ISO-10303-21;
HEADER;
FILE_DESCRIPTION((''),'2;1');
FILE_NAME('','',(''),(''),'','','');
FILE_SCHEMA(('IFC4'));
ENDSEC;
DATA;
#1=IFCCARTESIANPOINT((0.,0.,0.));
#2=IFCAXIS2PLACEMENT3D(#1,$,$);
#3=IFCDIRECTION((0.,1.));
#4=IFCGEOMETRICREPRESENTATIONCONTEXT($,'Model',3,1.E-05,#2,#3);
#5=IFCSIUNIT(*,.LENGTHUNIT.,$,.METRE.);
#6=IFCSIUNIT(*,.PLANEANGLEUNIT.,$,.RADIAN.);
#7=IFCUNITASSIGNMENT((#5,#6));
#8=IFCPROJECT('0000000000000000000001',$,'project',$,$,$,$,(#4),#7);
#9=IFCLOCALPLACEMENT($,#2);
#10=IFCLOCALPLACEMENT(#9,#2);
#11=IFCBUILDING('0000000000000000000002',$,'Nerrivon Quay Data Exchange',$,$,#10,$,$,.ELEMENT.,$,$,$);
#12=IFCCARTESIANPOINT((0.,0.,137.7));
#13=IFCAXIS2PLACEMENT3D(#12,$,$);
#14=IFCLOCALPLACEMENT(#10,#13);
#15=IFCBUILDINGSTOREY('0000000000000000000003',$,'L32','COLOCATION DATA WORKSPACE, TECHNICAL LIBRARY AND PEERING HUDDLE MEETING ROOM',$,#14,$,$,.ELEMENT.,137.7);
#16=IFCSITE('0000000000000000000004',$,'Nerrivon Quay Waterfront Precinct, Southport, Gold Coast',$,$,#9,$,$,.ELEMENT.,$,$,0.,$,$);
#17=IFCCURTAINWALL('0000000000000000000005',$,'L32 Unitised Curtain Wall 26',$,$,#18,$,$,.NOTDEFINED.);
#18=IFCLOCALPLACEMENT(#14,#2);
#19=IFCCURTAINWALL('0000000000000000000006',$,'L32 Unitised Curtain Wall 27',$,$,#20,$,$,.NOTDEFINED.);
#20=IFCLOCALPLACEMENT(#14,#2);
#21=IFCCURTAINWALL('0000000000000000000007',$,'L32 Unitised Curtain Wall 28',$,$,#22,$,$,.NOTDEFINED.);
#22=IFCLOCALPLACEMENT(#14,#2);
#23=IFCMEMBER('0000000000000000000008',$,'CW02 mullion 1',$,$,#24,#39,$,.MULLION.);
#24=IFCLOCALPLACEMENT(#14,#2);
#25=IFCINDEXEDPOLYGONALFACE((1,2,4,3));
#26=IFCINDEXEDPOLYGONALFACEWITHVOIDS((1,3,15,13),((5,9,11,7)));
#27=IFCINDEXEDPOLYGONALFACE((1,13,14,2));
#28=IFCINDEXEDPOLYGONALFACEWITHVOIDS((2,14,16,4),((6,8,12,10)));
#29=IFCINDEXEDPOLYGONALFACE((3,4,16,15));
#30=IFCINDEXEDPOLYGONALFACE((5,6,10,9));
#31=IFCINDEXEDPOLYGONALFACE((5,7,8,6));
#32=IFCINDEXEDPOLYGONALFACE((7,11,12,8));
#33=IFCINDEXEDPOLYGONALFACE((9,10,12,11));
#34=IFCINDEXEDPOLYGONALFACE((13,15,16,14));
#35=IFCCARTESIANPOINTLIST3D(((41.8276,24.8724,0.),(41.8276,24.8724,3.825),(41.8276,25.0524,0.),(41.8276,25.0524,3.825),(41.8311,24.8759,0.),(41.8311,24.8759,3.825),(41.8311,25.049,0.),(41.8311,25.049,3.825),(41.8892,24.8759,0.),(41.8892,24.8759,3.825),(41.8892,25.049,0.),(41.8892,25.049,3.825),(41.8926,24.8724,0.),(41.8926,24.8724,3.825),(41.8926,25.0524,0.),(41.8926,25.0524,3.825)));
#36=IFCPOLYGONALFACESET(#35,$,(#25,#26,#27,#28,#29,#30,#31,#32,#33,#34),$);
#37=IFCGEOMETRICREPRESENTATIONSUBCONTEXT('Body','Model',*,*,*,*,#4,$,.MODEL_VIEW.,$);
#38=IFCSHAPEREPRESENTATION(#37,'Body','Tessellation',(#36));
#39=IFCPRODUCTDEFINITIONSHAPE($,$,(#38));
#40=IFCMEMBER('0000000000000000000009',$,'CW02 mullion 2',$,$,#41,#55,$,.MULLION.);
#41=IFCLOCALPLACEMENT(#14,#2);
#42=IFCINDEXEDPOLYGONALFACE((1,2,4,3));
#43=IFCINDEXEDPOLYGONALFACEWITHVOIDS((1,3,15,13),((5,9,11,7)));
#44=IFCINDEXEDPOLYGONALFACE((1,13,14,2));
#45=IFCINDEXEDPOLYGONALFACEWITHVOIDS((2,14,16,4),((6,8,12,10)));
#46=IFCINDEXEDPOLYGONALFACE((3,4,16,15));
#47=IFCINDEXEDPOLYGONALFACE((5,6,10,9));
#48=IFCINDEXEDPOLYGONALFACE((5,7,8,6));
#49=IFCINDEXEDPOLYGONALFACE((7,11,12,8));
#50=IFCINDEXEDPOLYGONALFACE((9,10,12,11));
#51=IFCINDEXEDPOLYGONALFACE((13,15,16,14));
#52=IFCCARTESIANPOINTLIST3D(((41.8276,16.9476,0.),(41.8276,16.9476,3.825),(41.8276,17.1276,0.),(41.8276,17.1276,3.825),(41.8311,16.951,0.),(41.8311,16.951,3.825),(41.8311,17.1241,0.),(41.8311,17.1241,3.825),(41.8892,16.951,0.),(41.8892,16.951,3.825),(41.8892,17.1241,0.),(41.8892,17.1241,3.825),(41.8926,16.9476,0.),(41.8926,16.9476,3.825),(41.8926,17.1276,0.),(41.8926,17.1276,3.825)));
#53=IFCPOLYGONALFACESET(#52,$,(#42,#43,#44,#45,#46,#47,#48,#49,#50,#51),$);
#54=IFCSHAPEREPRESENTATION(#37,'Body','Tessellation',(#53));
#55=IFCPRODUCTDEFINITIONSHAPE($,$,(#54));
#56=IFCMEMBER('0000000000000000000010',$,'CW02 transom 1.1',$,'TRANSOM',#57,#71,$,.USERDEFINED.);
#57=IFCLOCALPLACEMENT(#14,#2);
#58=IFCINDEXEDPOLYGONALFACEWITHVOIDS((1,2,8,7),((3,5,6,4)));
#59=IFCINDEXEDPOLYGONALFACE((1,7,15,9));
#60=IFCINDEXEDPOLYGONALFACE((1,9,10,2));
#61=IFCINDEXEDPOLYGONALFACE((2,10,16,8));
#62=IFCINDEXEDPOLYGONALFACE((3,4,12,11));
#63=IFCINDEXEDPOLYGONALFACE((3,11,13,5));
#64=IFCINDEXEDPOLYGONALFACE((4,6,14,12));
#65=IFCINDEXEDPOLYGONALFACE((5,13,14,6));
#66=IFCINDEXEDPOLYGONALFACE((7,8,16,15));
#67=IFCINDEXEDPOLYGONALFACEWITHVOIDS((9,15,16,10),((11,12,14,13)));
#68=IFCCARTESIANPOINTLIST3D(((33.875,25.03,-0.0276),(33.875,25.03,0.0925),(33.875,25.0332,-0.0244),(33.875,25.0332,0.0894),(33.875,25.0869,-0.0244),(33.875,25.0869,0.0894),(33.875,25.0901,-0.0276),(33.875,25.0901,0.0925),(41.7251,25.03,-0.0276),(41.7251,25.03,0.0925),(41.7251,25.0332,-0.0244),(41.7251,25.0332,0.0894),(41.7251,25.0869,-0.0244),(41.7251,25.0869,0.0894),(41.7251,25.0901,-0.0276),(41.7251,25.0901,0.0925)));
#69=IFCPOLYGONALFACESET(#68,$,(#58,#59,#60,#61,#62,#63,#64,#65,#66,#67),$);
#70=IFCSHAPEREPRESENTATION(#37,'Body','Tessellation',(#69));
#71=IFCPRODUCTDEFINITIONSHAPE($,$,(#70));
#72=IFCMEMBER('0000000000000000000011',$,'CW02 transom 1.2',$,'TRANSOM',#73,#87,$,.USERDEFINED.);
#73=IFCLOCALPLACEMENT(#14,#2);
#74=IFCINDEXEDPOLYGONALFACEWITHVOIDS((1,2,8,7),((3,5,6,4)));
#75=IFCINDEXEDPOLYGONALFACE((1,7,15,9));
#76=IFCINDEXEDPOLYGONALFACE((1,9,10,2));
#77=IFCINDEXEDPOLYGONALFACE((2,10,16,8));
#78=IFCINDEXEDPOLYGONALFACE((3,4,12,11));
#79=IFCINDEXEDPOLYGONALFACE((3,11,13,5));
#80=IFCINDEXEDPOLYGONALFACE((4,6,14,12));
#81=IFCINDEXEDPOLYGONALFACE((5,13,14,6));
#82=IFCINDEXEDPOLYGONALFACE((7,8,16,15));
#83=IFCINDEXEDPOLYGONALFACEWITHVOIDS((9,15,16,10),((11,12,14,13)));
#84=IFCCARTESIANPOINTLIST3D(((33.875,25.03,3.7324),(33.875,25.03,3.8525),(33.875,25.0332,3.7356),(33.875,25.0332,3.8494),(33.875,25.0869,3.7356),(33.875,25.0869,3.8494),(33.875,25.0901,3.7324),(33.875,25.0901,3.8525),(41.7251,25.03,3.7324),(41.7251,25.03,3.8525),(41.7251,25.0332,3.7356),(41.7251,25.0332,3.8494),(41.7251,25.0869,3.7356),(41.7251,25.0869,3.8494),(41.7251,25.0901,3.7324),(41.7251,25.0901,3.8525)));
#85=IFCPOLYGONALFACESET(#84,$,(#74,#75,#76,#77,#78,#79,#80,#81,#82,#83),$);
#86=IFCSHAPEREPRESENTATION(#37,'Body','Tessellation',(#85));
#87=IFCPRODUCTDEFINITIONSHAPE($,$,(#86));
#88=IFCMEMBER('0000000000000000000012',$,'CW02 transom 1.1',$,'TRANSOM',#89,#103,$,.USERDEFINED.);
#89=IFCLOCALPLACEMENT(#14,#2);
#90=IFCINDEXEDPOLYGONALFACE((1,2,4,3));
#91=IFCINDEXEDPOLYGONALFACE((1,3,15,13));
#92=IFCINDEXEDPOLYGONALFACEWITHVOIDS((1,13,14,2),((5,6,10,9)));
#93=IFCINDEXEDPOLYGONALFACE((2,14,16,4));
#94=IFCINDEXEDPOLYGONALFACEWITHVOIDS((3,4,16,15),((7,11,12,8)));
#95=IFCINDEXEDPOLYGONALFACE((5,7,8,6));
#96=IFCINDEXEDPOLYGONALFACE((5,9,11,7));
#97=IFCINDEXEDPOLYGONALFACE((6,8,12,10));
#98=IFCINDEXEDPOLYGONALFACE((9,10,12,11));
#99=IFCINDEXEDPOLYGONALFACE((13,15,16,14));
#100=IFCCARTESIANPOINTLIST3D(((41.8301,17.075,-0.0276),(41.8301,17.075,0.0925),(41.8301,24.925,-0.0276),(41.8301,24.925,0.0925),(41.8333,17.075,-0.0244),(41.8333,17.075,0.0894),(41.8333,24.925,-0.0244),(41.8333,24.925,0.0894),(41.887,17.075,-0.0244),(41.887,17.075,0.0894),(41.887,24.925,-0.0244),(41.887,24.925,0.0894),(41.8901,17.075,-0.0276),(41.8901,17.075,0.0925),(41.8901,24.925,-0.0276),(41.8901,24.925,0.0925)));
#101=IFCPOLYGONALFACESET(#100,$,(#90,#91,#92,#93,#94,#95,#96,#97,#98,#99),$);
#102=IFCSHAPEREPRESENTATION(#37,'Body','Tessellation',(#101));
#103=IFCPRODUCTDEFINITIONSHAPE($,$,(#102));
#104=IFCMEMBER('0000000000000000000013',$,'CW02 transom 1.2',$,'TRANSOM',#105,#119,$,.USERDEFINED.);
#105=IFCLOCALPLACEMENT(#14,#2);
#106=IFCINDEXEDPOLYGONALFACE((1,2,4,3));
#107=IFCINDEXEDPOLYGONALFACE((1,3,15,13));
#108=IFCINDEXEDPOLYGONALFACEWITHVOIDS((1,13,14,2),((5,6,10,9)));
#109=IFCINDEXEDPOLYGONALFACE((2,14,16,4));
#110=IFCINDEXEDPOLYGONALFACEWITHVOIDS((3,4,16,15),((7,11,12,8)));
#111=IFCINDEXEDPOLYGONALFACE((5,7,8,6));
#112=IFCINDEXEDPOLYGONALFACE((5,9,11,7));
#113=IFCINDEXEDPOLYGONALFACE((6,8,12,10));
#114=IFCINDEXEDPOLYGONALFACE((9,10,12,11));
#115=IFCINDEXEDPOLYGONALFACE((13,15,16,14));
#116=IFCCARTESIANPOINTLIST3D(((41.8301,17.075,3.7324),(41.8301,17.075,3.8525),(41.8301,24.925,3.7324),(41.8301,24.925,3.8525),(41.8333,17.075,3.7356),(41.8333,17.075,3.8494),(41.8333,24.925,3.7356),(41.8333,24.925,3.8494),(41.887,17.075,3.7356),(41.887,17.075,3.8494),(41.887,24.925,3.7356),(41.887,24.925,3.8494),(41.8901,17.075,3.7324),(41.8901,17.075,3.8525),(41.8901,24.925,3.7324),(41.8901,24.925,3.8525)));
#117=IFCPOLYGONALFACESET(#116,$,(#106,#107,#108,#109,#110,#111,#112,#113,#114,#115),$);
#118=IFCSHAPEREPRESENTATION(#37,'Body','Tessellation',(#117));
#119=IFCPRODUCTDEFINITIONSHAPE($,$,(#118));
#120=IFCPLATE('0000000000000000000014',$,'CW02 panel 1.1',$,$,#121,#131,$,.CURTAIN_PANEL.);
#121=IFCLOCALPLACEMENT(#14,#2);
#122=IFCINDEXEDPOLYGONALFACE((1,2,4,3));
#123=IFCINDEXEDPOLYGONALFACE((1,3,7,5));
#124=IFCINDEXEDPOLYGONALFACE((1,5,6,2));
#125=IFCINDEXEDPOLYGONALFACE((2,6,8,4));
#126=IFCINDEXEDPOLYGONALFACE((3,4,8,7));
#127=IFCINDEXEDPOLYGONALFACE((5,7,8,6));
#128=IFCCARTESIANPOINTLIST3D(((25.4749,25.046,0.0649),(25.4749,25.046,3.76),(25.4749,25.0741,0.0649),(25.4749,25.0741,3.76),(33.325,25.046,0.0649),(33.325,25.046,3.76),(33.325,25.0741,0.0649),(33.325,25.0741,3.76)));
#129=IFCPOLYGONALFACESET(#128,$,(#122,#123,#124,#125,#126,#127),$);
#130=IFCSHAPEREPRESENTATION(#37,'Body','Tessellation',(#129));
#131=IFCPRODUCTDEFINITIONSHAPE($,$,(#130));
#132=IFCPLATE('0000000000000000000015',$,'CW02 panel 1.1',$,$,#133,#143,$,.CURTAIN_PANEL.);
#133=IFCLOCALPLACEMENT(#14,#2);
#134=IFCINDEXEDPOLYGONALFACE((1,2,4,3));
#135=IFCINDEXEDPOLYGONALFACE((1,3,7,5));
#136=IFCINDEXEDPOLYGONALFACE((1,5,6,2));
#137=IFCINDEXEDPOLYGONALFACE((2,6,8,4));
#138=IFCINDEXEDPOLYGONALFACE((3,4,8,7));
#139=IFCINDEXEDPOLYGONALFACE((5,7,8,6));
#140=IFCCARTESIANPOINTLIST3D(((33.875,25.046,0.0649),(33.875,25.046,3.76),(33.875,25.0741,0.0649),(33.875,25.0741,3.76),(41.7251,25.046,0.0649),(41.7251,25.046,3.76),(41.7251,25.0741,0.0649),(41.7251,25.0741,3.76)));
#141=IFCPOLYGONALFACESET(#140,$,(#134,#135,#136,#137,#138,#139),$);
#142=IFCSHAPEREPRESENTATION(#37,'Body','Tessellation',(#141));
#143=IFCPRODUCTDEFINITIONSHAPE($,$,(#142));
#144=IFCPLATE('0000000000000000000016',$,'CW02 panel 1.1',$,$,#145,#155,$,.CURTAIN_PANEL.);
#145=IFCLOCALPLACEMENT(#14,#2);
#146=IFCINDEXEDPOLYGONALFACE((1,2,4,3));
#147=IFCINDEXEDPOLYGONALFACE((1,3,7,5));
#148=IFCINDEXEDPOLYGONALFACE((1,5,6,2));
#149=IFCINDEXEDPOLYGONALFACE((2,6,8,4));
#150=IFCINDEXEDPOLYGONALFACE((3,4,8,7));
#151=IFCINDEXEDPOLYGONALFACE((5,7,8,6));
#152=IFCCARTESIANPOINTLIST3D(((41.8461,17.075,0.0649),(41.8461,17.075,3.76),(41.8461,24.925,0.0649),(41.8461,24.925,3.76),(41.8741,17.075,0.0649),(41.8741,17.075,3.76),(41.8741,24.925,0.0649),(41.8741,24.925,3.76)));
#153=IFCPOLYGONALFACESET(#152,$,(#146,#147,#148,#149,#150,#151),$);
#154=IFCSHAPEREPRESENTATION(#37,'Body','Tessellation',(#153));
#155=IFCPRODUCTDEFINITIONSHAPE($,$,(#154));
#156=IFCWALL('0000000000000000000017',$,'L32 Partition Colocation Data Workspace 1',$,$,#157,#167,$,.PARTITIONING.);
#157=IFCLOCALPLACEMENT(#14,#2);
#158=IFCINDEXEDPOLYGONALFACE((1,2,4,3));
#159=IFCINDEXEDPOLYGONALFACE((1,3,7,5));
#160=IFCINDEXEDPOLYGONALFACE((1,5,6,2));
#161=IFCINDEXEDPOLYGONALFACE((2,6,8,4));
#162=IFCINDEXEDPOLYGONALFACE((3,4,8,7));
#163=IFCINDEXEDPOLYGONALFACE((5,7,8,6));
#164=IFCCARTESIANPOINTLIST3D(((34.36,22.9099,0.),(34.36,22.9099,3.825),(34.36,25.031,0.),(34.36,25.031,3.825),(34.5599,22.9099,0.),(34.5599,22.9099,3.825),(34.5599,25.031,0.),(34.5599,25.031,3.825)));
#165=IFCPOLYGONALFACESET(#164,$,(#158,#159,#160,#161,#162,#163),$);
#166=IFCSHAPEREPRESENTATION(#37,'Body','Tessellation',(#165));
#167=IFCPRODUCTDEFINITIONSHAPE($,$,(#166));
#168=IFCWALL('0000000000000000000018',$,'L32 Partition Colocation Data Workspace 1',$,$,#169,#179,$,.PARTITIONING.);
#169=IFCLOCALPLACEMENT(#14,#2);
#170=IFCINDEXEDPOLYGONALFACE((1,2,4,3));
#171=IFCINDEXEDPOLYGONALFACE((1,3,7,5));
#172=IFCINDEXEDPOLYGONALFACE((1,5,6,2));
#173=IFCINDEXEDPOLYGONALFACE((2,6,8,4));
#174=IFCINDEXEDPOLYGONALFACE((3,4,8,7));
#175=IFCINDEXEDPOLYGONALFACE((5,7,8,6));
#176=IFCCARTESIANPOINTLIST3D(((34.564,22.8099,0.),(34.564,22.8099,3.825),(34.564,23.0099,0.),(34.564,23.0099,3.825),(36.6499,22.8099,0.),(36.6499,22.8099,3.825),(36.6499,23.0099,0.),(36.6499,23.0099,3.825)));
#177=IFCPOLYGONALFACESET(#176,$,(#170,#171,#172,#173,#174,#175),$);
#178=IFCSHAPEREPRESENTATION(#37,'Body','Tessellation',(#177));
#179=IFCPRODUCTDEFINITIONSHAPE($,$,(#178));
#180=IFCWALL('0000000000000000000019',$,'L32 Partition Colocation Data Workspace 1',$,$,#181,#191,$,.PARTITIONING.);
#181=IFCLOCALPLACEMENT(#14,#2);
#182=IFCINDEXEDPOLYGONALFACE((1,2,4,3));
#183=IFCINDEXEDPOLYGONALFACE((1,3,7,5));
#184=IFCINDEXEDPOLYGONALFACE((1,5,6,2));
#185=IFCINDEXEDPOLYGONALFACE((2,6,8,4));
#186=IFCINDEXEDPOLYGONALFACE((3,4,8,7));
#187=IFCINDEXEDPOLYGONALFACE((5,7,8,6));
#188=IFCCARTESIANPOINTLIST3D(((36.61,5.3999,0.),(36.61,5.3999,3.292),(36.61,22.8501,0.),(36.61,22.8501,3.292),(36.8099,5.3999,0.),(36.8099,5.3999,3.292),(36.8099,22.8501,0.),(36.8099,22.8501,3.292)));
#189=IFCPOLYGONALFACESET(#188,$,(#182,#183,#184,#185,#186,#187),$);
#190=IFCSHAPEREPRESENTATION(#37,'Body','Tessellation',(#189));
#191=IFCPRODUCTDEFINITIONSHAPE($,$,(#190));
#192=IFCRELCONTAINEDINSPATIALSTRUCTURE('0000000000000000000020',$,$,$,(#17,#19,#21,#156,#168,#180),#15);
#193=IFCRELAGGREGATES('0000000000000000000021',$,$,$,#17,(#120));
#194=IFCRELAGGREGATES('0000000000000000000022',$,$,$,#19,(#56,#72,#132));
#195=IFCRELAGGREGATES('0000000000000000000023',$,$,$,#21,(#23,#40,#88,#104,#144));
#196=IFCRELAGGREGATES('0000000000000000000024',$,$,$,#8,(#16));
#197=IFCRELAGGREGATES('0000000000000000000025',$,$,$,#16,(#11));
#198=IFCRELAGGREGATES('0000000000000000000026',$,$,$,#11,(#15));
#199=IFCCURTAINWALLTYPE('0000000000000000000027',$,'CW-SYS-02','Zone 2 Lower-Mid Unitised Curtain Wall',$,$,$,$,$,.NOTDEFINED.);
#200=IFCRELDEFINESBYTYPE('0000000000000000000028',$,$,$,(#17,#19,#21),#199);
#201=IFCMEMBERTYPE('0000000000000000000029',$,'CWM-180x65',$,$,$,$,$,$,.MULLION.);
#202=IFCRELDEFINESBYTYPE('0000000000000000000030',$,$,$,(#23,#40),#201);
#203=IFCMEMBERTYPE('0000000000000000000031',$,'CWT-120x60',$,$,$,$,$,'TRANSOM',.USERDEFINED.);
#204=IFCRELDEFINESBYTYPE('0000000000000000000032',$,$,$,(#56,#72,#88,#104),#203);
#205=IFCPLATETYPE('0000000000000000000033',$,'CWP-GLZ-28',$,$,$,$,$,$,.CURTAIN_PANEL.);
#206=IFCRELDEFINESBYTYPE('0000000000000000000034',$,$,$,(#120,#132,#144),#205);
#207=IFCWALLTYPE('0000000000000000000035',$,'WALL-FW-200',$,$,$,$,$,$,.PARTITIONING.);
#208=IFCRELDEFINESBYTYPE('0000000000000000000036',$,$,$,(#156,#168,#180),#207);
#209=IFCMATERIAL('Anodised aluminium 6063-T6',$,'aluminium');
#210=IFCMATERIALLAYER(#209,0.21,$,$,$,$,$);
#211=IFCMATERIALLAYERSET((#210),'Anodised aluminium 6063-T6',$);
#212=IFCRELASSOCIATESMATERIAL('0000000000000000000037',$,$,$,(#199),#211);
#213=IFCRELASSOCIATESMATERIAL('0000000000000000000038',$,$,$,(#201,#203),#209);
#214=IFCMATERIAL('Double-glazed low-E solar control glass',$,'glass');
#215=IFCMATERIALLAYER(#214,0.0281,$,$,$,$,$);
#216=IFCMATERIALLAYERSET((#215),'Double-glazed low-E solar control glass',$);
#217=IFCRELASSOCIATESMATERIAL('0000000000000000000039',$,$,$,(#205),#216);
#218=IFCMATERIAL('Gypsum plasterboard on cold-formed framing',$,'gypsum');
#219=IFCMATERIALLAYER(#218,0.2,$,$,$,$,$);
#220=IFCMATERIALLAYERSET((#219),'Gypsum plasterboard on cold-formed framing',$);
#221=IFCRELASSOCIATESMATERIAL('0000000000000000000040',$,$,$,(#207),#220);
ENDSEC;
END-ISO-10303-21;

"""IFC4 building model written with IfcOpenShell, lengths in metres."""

from ifc_helpers import new_model, si_unit, direction, frame, frame_2d, origin, origin_2d, place, context, subcontext, project, spatial, rectangle, hollow_rectangle, extrude, material, layer, layer_set, material_profile, profile_set, type_object, element, aggregate, save


model = new_model("IFC4")

# Units and contexts
model_context = context("Model", 3, precision=1e-05, world=origin(), true_north=direction((0.0, 1.0)))
body_context = subcontext(model_context, "Body", "Model", "MODEL_VIEW")
ifc_project = project(units=[si_unit("LENGTHUNIT", "METRE"), si_unit("PLANEANGLEUNIT", "RADIAN")], contexts=[model_context])

# Site, building, storey
site_placement = place(None, origin())
site = spatial("IfcSite", under=ifc_project, at=site_placement, Name="Nerrivon Quay Waterfront Precinct, Southport, Gold Coast", CompositionType="ELEMENT", RefElevation=0.0)
building_placement = place(site_placement, origin())
building = spatial("IfcBuilding", under=site, at=building_placement, Name="Nerrivon Quay Data Exchange", CompositionType="ELEMENT")
storey_placement = place(building_placement, frame((0.0, 0.0, 137.7)))
storey = spatial("IfcBuildingStorey", under=building, at=storey_placement, Name="L32", Description="COLOCATION DATA WORKSPACE, TECHNICAL LIBRARY AND PEERING HUDDLE MEETING ROOM", CompositionType="ELEMENT", Elevation=137.7)

# Curtain wall
ifc_material_1 = material(Name="Anodised aluminium 6063-T6", Category="aluminium")
ifc_layer_1 = layer(ifc_material_1, 0.21)
ifc_layer_set_1 = layer_set([ifc_layer_1], Name="Anodised aluminium 6063-T6")
curtain_wall_type = type_object("IfcCurtainWallType", Name="CW-SYS-02", Description="Zone 2 Lower-Mid Unitised Curtain Wall", PredefinedType="NOTDEFINED", material=ifc_layer_set_1)
curtain_wall_1_placement = place(storey_placement, origin())
curtain_wall_1 = element("IfcCurtainWall", 1, at=curtain_wall_1_placement, inside=storey, type_object=curtain_wall_type, Name="L32 Unitised Curtain Wall 26", PredefinedType="NOTDEFINED")
ifc_material_profile_1 = material_profile(ifc_material_1, hollow_rectangle(XDim=0.0649, YDim=0.1799, WallThickness=0.0034, at=origin_2d()), Name="ALU-MULL-180x65")
ifc_profile_set_1 = profile_set([ifc_material_profile_1], Name="Anodised aluminium 6063-T6")
member_type_1 = type_object("IfcMemberType", Name="CWM-180x65", PredefinedType="MULLION", material=ifc_profile_set_1)

# Curtain walls, members
curtain_wall_2_placement = place(storey_placement, origin())
curtain_wall_2 = element("IfcCurtainWall", 2, at=curtain_wall_2_placement, inside=storey, type_object=curtain_wall_type, Name="L32 Unitised Curtain Wall 27", PredefinedType="NOTDEFINED")
curtain_wall_3_placement = place(storey_placement, origin())
curtain_wall_3 = element("IfcCurtainWall", 3, at=curtain_wall_3_placement, inside=storey, type_object=curtain_wall_type, Name="L32 Unitised Curtain Wall 28", PredefinedType="NOTDEFINED")
member_1_placement = place(storey_placement, frame((41.8601, 24.9624, 0.0), z_axis=(0.0, 0.0, 1.0), x_axis=(1.0, 0.0, 0.0)))
member_1 = element("IfcMember", 4, at=member_1_placement, type_object=member_type_1, Name="CW02 mullion 1", PredefinedType="MULLION", context=body_context, shape_type="SweptSolid", body=[
    extrude(hollow_rectangle(XDim=0.0649, YDim=0.1799, WallThickness=0.0034, at=origin_2d()), origin(), (0.0, 0.0, 1.0), 3.825),
])
member_2_placement = place(storey_placement, frame((41.8601, 17.0376, 0.0), z_axis=(0.0, 0.0, 1.0), x_axis=(1.0, 0.0, 0.0)))
member_2 = element("IfcMember", 5, at=member_2_placement, type_object=member_type_1, Name="CW02 mullion 2", PredefinedType="MULLION", context=body_context, shape_type="SweptSolid", body=[
    extrude(hollow_rectangle(XDim=0.0649, YDim=0.1799, WallThickness=0.0034, at=origin_2d()), origin(), (0.0, 0.0, 1.0), 3.825),
])

# Members
ifc_material_profile_2 = material_profile(ifc_material_1, hollow_rectangle(XDim=0.0601, YDim=0.1201, WallThickness=0.0032, at=origin_2d()), Name="ALU-TRAN-120x60")
ifc_profile_set_2 = profile_set([ifc_material_profile_2], Name="Anodised aluminium 6063-T6")
member_type_2 = type_object("IfcMemberType", Name="CWT-120x60", ElementType="TRANSOM", PredefinedType="USERDEFINED", material=ifc_profile_set_2)
member_3_placement = place(storey_placement, frame((33.875, 25.0601, 0.0325), z_axis=(1.0, 0.0, 0.0), x_axis=(0.0, 1.0, 0.0)))
member_3 = element("IfcMember", 6, at=member_3_placement, type_object=member_type_2, Name="CW02 transom 1.1", ObjectType="TRANSOM", PredefinedType="USERDEFINED", context=body_context, shape_type="SweptSolid", body=[
    extrude(hollow_rectangle(XDim=0.0601, YDim=0.1201, WallThickness=0.0032, at=origin_2d()), origin(), (0.0, 0.0, 1.0), 7.8501),
])
member_4_placement = place(storey_placement, frame((33.875, 25.0601, 3.7925), z_axis=(1.0, 0.0, 0.0), x_axis=(0.0, 1.0, 0.0)))
member_4 = element("IfcMember", 7, at=member_4_placement, type_object=member_type_2, Name="CW02 transom 1.2", ObjectType="TRANSOM", PredefinedType="USERDEFINED", context=body_context, shape_type="SweptSolid", body=[
    extrude(hollow_rectangle(XDim=0.0601, YDim=0.1201, WallThickness=0.0032, at=origin_2d()), origin(), (0.0, 0.0, 1.0), 7.8501),
])
member_5_placement = place(storey_placement, frame((41.8601, 24.925, 0.0325), z_axis=(0.0, -1.0, 0.0), x_axis=(1.0, 0.0, 0.0)))
member_5 = element("IfcMember", 8, at=member_5_placement, type_object=member_type_2, Name="CW02 transom 1.1", ObjectType="TRANSOM", PredefinedType="USERDEFINED", context=body_context, shape_type="SweptSolid", body=[
    extrude(hollow_rectangle(XDim=0.0601, YDim=0.1201, WallThickness=0.0032, at=origin_2d()), origin(), (0.0, 0.0, 1.0), 7.8501),
])
member_6_placement = place(storey_placement, frame((41.8601, 24.925, 3.7925), z_axis=(0.0, -1.0, 0.0), x_axis=(1.0, 0.0, 0.0)))
member_6 = element("IfcMember", 9, at=member_6_placement, type_object=member_type_2, Name="CW02 transom 1.2", ObjectType="TRANSOM", PredefinedType="USERDEFINED", context=body_context, shape_type="SweptSolid", body=[
    extrude(hollow_rectangle(XDim=0.0601, YDim=0.1201, WallThickness=0.0032, at=origin_2d()), origin(), (0.0, 0.0, 1.0), 7.8501),
])

# Plates
ifc_material_2 = material(Name="Double-glazed low-E solar control glass", Category="glass")
ifc_layer_2 = layer(ifc_material_2, 0.0281)
ifc_layer_set_2 = layer_set([ifc_layer_2], Name="Double-glazed low-E solar control glass")
plate_type = type_object("IfcPlateType", Name="CWP-GLZ-28", PredefinedType="CURTAIN_PANEL", material=ifc_layer_set_2)
plate_1_placement = place(storey_placement, frame((29.3999, 25.0601, 0.0649), z_axis=(0.0, 0.0, 1.0), x_axis=(1.0, 0.0, 0.0)))
plate_1 = element("IfcPlate", 10, at=plate_1_placement, type_object=plate_type, Name="CW02 panel 1.1", PredefinedType="CURTAIN_PANEL", context=body_context, shape_type="SweptSolid", body=[
    extrude(rectangle(XDim=7.8501, YDim=0.0281, at=origin_2d()), origin(), (0.0, 0.0, 1.0), 3.6951),
])
aggregate(curtain_wall_1, [plate_1])
plate_2_placement = place(storey_placement, frame((37.8, 25.0601, 0.0649), z_axis=(0.0, 0.0, 1.0), x_axis=(1.0, 0.0, 0.0)))
plate_2 = element("IfcPlate", 11, at=plate_2_placement, type_object=plate_type, Name="CW02 panel 1.1", PredefinedType="CURTAIN_PANEL", context=body_context, shape_type="SweptSolid", body=[
    extrude(rectangle(XDim=7.8501, YDim=0.0281, at=origin_2d()), origin(), (0.0, 0.0, 1.0), 3.6951),
])
aggregate(curtain_wall_2, [member_3, member_4, plate_2])
plate_3_placement = place(storey_placement, frame((41.8601, 21.0, 0.0649), z_axis=(0.0, 0.0, 1.0), x_axis=(0.0, -1.0, 0.0)))
plate_3 = element("IfcPlate", 12, at=plate_3_placement, type_object=plate_type, Name="CW02 panel 1.1", PredefinedType="CURTAIN_PANEL", context=body_context, shape_type="SweptSolid", body=[
    extrude(rectangle(XDim=7.8501, YDim=0.0281, at=origin_2d()), origin(), (0.0, 0.0, 1.0), 3.6951),
])
aggregate(curtain_wall_3, [member_1, member_2, member_5, member_6, plate_3])

# Walls
ifc_material_3 = material(Name="Gypsum plasterboard on cold-formed framing", Category="gypsum")
ifc_layer_3 = layer(ifc_material_3, 0.2)
ifc_layer_set_3 = layer_set([ifc_layer_3], Name="Gypsum plasterboard on cold-formed framing")
wall_type_1 = type_object("IfcWallType", Name="WALL-FW-200", PredefinedType="PARTITIONING", material=ifc_layer_set_3)
wall_1_placement = place(storey_placement, frame((34.46, 25.031, 0.0), z_axis=(0.0, 0.0, 1.0), x_axis=(0.0, -1.0, 0.0)))
element("IfcWall", 13, at=wall_1_placement, inside=storey, type_object=wall_type_1, Name="L32 Partition Colocation Data Workspace 1", PredefinedType="PARTITIONING", context=body_context, shape_type="SweptSolid", body=[
    extrude(rectangle(XDim=2.1211, YDim=0.2, at=frame_2d((1.0605, 0.0))), origin(), (0.0, 0.0, 1.0), 3.825),
])
wall_2_placement = place(storey_placement, frame((34.564, 22.9099, 0.0), z_axis=(0.0, 0.0, 1.0), x_axis=(1.0, 0.0, 0.0)))
element("IfcWall", 14, at=wall_2_placement, inside=storey, type_object=wall_type_1, Name="L32 Partition Colocation Data Workspace 1", PredefinedType="PARTITIONING", context=body_context, shape_type="SweptSolid", body=[
    extrude(rectangle(XDim=2.0859, YDim=0.2, at=frame_2d((1.043, 0.0))), origin(), (0.0, 0.0, 1.0), 3.825),
])
wall_3_placement = place(storey_placement, frame((36.71, 22.8501, 0.0), z_axis=(0.0, 0.0, 1.0), x_axis=(0.0, -1.0, 0.0)))
element("IfcWall", 15, at=wall_3_placement, inside=storey, type_object=wall_type_1, Name="L32 Partition Colocation Data Workspace 1", PredefinedType="PARTITIONING", context=body_context, shape_type="SweptSolid", body=[
    extrude(rectangle(XDim=17.4502, YDim=0.2, at=frame_2d((8.7251, 0.0))), origin(), (0.0, 0.0, 1.0), 3.292),
])

save(model, "model.ifc")
